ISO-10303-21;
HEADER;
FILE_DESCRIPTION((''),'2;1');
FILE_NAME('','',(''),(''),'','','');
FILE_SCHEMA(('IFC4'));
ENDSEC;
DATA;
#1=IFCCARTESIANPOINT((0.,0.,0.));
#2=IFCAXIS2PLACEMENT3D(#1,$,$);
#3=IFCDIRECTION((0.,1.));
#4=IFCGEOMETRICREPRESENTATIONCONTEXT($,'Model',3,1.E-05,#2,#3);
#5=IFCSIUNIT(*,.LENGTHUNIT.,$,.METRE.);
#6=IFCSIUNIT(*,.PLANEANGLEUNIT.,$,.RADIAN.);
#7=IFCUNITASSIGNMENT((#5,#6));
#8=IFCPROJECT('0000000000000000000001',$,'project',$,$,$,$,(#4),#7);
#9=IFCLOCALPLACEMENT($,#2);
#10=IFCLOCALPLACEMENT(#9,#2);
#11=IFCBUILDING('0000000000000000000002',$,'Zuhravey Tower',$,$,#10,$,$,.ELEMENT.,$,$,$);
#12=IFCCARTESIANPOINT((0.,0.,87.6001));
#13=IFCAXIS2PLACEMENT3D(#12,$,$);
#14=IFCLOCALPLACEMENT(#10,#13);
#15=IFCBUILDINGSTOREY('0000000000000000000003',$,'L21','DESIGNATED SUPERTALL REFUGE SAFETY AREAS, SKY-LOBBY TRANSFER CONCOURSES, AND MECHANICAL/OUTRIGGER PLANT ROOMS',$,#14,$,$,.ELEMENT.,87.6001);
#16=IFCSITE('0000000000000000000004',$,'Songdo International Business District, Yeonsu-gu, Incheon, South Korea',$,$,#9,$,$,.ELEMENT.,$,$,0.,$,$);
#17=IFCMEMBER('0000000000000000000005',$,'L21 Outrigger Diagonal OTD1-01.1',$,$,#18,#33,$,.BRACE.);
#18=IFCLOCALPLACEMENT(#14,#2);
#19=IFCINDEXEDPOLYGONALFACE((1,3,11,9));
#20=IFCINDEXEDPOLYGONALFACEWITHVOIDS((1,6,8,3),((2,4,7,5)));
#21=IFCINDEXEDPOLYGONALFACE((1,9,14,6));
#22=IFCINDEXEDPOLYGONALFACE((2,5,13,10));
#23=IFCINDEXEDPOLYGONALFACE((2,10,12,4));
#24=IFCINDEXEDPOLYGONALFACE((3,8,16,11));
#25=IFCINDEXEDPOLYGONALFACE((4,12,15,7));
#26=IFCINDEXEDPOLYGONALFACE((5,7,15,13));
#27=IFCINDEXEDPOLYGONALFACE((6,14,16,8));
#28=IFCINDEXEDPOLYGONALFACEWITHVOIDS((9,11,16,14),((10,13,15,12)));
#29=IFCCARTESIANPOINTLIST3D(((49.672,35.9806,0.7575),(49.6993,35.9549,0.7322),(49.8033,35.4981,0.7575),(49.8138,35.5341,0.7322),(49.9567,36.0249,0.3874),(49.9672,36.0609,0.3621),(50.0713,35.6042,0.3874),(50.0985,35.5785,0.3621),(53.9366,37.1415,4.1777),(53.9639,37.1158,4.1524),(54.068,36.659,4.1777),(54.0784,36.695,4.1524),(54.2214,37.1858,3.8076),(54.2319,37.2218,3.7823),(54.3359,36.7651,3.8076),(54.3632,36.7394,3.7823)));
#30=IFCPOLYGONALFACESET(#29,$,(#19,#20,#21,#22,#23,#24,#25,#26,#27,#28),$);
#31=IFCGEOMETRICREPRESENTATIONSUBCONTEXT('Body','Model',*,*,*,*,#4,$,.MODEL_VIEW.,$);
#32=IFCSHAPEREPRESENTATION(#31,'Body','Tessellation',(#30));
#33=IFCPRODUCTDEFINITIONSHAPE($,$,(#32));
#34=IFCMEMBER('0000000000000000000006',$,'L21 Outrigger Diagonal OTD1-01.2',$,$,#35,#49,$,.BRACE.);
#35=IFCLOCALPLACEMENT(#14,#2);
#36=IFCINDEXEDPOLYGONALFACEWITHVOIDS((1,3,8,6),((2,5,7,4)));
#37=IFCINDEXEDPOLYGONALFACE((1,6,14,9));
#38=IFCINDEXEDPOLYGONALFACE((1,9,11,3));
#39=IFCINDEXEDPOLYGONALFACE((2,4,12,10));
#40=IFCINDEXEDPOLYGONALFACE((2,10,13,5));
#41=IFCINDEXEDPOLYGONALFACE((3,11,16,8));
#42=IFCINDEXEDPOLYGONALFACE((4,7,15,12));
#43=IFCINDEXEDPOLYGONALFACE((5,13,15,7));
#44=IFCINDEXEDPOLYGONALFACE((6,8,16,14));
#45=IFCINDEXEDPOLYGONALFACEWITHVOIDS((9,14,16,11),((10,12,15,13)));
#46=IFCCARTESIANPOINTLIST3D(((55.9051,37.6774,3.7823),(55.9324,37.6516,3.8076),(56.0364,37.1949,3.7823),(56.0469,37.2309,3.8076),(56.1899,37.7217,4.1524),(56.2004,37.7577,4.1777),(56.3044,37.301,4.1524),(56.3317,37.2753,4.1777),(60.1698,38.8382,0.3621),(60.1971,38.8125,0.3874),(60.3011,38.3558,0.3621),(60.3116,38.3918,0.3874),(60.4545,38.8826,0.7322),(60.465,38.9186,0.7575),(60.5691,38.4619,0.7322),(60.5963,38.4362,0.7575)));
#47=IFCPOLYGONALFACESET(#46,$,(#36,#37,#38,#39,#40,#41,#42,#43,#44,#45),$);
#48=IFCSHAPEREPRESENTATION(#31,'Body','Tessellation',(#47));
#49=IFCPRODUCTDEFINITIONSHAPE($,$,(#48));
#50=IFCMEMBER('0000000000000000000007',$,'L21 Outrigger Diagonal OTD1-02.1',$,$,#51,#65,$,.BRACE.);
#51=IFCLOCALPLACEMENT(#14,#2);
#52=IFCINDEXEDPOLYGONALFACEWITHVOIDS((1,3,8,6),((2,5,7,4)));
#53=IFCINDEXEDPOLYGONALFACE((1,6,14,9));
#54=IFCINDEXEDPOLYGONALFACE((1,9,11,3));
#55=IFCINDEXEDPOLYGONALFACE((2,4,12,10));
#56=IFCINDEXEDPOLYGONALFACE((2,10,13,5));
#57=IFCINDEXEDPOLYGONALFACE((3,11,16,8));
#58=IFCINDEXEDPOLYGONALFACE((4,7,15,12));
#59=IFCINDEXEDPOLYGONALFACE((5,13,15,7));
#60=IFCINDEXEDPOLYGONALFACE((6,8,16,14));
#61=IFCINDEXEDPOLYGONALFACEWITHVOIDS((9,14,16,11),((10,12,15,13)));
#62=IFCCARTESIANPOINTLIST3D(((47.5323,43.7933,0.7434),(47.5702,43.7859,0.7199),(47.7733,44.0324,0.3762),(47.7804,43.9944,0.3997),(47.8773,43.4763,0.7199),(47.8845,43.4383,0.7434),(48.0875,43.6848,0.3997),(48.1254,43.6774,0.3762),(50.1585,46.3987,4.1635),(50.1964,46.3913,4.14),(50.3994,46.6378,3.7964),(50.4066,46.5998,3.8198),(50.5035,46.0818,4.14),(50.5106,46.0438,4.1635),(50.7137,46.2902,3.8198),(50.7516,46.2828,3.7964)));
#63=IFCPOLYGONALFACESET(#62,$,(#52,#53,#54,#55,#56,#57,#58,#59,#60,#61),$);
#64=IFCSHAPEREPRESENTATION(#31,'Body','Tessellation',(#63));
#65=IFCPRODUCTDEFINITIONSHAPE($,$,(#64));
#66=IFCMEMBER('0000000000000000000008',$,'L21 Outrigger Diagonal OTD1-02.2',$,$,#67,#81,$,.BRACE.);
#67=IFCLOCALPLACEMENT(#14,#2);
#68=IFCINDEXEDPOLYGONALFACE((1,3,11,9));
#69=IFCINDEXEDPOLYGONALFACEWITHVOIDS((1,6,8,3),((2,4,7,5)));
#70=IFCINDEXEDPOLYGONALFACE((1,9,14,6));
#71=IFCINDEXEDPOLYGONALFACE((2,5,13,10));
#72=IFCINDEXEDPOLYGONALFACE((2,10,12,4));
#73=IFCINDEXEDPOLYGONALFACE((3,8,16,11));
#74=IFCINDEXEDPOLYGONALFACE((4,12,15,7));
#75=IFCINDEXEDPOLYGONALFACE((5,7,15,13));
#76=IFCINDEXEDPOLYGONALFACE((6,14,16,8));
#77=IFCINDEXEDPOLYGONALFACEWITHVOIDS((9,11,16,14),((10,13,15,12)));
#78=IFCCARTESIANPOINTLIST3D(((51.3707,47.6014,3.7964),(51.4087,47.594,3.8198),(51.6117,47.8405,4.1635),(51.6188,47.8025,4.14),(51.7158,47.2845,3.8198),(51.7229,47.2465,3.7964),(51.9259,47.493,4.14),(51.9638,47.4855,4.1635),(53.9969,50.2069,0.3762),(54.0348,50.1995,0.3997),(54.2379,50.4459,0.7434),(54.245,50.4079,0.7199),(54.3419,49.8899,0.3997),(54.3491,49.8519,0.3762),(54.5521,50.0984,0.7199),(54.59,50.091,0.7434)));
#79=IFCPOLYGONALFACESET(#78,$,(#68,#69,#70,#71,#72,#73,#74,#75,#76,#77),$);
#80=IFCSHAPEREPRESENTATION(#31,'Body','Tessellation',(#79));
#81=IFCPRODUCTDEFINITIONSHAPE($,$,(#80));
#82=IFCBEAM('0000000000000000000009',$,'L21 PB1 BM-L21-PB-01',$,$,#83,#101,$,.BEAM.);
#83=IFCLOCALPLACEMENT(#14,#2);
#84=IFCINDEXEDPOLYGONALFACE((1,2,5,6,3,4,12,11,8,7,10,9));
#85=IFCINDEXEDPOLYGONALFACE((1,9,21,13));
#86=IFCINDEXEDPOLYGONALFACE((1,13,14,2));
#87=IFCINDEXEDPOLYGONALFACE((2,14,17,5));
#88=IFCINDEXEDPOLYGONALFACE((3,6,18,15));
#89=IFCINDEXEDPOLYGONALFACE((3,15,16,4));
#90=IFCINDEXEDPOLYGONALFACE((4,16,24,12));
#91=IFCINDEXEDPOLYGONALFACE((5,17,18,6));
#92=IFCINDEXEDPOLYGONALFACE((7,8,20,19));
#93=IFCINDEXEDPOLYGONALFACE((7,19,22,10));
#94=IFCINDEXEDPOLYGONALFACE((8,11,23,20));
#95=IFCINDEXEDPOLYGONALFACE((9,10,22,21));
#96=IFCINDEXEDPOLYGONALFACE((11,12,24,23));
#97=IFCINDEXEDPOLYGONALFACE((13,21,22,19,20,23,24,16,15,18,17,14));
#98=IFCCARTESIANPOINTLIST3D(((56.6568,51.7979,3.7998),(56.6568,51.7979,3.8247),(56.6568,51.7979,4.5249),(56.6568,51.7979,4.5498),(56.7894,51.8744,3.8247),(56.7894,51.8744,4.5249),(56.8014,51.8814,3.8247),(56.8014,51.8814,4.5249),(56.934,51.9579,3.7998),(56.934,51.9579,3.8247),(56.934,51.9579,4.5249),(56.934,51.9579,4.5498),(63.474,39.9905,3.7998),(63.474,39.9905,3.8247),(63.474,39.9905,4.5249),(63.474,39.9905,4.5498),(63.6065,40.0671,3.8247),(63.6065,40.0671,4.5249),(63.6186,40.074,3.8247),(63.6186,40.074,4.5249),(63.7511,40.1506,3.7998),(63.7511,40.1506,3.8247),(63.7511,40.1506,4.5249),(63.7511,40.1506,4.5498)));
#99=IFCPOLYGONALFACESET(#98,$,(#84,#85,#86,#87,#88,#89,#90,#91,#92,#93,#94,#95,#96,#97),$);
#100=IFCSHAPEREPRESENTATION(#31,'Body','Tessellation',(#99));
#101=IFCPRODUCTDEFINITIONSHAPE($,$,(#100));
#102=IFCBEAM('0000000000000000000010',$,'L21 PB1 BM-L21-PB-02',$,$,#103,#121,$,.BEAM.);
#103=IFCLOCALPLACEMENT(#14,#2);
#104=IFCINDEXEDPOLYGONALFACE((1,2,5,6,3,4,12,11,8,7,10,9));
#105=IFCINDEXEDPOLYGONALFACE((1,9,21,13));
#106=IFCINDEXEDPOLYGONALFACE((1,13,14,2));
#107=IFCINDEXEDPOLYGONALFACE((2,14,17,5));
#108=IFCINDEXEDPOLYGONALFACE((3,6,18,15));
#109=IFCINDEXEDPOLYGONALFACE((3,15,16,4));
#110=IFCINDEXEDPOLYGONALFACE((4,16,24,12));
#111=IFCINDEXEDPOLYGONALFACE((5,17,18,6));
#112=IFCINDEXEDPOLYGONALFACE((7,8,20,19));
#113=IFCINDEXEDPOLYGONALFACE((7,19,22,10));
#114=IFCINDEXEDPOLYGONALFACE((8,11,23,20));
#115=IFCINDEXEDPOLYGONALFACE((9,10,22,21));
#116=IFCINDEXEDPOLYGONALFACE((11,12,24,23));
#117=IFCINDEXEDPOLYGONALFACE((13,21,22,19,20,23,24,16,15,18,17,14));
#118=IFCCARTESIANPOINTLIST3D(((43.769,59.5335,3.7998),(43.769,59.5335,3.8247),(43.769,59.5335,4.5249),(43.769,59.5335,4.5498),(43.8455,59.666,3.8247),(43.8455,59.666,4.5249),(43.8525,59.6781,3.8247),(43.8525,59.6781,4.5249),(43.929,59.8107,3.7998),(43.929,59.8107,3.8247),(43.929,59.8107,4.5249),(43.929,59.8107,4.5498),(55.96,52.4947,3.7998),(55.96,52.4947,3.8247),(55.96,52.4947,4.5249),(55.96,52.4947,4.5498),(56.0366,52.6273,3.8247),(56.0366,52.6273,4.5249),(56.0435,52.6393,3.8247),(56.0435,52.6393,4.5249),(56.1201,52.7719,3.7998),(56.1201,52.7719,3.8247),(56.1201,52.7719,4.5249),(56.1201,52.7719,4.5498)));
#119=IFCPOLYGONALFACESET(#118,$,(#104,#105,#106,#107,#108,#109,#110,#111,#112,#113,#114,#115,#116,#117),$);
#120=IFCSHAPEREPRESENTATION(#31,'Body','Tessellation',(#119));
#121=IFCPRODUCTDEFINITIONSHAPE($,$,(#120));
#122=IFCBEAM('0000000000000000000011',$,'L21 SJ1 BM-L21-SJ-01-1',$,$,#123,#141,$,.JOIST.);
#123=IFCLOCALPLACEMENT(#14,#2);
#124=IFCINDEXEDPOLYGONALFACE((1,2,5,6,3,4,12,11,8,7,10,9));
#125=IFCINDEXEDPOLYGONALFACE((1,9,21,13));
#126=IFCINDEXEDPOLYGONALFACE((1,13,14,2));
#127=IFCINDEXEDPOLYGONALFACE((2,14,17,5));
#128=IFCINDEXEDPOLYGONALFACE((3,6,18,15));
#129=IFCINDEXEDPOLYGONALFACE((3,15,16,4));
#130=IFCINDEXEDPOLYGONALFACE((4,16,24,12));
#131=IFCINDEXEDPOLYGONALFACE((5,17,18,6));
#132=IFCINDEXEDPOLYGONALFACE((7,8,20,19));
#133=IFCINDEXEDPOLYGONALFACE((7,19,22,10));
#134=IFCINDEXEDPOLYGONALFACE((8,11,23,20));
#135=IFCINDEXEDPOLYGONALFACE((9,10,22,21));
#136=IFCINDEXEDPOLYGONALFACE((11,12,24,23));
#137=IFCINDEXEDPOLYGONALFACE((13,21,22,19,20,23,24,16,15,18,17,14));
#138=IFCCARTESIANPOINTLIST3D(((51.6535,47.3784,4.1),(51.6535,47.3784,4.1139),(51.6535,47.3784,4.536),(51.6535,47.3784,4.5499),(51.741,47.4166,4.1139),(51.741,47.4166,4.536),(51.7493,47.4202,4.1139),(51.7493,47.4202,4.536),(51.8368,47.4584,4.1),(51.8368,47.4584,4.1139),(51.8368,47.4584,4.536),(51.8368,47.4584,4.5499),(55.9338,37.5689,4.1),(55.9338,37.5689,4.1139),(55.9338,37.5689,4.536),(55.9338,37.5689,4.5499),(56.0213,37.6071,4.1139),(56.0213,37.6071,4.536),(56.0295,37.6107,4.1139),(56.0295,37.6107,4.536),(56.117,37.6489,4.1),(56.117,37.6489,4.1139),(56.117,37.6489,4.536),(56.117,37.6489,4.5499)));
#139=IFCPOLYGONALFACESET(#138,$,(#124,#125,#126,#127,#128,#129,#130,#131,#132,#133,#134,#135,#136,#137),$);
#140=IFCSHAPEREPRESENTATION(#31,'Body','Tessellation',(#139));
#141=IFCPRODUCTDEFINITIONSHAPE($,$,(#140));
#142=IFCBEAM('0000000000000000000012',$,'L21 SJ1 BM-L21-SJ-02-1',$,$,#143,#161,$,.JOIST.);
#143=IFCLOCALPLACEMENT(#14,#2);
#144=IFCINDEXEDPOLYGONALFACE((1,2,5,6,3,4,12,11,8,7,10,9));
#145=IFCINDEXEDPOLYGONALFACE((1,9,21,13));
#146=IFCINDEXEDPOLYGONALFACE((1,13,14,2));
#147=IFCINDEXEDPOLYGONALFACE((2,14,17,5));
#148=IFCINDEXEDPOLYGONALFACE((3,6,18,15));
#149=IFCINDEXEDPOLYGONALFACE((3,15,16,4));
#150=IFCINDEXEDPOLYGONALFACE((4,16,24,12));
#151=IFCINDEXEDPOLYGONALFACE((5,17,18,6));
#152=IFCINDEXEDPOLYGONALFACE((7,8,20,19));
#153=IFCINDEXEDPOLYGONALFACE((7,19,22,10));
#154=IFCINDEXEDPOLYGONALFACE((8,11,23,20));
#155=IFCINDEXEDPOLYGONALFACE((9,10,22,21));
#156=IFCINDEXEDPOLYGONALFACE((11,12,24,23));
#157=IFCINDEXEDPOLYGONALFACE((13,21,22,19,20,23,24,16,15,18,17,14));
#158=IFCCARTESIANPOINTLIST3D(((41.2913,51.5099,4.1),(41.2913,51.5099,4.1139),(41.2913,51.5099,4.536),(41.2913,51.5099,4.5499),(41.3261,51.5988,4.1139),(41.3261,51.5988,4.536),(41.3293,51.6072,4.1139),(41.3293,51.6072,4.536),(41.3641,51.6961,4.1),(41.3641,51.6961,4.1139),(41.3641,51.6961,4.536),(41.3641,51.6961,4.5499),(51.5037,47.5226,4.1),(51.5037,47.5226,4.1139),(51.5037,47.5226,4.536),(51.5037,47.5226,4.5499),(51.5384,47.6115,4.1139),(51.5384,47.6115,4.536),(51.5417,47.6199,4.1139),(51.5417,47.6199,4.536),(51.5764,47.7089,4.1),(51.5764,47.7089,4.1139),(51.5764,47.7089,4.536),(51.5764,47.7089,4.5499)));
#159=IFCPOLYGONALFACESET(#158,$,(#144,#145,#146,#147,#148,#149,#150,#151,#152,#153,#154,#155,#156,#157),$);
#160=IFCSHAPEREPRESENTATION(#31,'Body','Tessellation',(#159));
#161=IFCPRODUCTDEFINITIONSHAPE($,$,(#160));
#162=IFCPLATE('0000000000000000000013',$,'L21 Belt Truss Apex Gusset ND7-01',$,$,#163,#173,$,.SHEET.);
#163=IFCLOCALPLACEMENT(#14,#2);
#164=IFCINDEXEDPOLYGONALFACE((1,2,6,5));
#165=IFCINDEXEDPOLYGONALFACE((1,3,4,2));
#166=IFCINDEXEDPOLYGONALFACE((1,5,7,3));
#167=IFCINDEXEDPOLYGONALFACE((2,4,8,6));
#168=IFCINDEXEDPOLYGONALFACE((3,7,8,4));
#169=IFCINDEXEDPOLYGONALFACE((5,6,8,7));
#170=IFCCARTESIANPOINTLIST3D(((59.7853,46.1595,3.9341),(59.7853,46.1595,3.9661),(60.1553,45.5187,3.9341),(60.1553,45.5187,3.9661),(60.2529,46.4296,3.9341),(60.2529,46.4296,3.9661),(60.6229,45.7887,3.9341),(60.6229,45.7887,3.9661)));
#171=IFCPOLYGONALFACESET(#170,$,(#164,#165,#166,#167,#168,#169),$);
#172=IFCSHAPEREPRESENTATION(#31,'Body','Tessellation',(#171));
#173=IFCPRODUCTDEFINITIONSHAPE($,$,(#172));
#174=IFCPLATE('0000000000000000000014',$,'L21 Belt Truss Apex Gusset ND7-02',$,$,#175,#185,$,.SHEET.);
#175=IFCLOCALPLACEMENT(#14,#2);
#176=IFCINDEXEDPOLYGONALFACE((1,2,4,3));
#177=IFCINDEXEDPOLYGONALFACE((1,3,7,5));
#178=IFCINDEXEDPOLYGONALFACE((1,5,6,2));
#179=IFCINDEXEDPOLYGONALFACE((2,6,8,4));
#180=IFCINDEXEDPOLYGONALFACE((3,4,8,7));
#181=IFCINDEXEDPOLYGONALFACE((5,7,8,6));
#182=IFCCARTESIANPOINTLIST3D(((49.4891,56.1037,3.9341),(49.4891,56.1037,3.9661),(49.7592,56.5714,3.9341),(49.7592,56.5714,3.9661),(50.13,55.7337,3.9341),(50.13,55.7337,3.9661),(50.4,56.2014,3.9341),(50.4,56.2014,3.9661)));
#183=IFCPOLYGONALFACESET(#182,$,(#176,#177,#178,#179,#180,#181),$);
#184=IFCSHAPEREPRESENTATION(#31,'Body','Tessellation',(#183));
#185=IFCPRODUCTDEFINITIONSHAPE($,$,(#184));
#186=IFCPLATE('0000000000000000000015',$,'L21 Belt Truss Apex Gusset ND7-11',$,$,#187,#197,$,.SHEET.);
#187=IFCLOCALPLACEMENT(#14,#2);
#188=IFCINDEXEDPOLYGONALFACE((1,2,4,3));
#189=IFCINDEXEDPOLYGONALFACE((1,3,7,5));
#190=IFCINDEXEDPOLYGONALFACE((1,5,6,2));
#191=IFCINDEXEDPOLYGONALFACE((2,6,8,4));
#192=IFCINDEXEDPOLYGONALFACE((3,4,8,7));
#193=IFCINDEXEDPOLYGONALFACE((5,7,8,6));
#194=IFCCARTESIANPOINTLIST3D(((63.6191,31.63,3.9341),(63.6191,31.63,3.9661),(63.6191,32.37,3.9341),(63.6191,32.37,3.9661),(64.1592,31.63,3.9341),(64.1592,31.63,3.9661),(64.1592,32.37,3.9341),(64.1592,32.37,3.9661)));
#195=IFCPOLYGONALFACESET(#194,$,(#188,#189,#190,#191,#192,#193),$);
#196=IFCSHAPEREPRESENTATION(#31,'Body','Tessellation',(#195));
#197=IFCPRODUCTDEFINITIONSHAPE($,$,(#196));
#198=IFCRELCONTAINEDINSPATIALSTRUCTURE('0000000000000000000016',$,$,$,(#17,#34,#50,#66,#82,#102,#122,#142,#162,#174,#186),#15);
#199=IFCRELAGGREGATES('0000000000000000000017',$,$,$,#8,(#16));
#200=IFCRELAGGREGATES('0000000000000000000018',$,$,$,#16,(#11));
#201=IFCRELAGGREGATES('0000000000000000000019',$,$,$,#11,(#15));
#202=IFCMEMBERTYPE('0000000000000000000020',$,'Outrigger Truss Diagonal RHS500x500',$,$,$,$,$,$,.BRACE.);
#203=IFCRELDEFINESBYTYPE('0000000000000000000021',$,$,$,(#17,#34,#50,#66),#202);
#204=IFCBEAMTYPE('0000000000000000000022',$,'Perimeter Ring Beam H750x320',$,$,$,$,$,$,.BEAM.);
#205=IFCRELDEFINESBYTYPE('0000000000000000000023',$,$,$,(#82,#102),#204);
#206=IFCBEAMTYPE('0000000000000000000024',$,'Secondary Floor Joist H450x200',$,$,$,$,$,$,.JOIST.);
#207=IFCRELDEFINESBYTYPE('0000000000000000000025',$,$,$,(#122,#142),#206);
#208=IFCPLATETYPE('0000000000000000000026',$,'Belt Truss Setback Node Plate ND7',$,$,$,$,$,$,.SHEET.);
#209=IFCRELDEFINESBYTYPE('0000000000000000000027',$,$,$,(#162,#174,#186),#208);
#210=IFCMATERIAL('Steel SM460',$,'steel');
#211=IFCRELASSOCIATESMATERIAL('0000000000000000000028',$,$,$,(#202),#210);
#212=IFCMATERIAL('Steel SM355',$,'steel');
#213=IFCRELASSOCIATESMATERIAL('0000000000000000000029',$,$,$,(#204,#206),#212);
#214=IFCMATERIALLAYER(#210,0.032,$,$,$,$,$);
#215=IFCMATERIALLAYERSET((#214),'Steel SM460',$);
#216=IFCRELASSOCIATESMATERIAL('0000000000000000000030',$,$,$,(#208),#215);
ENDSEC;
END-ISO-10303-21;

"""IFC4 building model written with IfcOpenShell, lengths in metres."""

from ifc_helpers import new_model, si_unit, direction, frame, origin, origin_2d, place, context, subcontext, project, spatial, rectangle, hollow_rectangle, i_section, extrude, material, layer, layer_set, material_profile, profile_set, type_object, element, save


model = new_model("IFC4")

# Units and contexts
model_context = context("Model", 3, precision=1e-05, world=origin(), true_north=direction((0.0, 1.0)))
body_context = subcontext(model_context, "Body", "Model", "MODEL_VIEW")
ifc_project = project(units=[si_unit("LENGTHUNIT", "METRE"), si_unit("PLANEANGLEUNIT", "RADIAN")], contexts=[model_context])

# Site, building, storey
site_placement = place(None, origin())
site = spatial("IfcSite", under=ifc_project, at=site_placement, Name="Songdo International Business District, Yeonsu-gu, Incheon, South Korea", CompositionType="ELEMENT", RefElevation=0.0)
building_placement = place(site_placement, origin())
building = spatial("IfcBuilding", under=site, at=building_placement, Name="Zuhravey Tower", CompositionType="ELEMENT")
storey_placement = place(building_placement, frame((0.0, 0.0, 87.6001)))
storey = spatial("IfcBuildingStorey", under=building, at=storey_placement, Name="L21", Description="DESIGNATED SUPERTALL REFUGE SAFETY AREAS, SKY-LOBBY TRANSFER CONCOURSES, AND MECHANICAL/OUTRIGGER PLANT ROOMS", CompositionType="ELEMENT", Elevation=87.6001)

# Shared definitions
ifc_material_1 = material(Name="Steel SM355", Category="steel")

# Shared definitions
ifc_material_2 = material(Name="Steel SM460", Category="steel")

# Members
ifc_material_profile_1 = material_profile(ifc_material_2, hollow_rectangle(XDim=0.5, YDim=0.5, WallThickness=0.032, at=origin_2d()), Name="RHS-500x500x32")
ifc_profile_set_1 = profile_set([ifc_material_profile_1], Name="Steel SM460")
member_type_1 = type_object("IfcMemberType", Name="Outrigger Truss Diagonal RHS500x500", PredefinedType="BRACE", material=ifc_profile_set_1)
for number, where, z_axis, x_axis, name in (
    (1, (49.8853, 35.7795, 0.5598), (0.763098, 0.207725, 0.61199), (-0.262655, 0.96489, 0.0), "L21 Outrigger Diagonal OTD1-01.1"),
    (2, (60.3831, 38.6372, 0.5598), (-0.763098, -0.207725, 0.61199), (0.262655, -0.96489, 0.0), "L21 Outrigger Diagonal OTD1-01.2"),
):
    element("IfcMember", number, at=place(storey_placement, frame(where, z_axis=z_axis, x_axis=x_axis)), inside=storey, type_object=member_type_1, Name=name, PredefinedType="BRACE", context=body_context, shape_type="SweptSolid", body=[
        extrude(hollow_rectangle(XDim=0.5, YDim=0.5, WallThickness=0.032, at=origin_2d()), origin(), (0.0, 0.0, 1.0), 5.5886),
    ])
for number, where, z_axis, x_axis, name in (
    (3, (47.8289, 43.7354, 0.5598), (0.521266, 0.517147, 0.678852), (-0.704296, 0.709906, 0.0), "L21 Outrigger Diagonal OTD1-02.1"),
    (4, (54.2935, 50.1489, 0.5598), (-0.521266, -0.517147, 0.678852), (0.704296, -0.709906, 0.0), "L21 Outrigger Diagonal OTD1-02.2"),
):
    element("IfcMember", number, at=place(storey_placement, frame(where, z_axis=z_axis, x_axis=x_axis)), inside=storey, type_object=member_type_1, Name=name, PredefinedType="BRACE", context=body_context, shape_type="SweptSolid", body=[
        extrude(hollow_rectangle(XDim=0.5, YDim=0.5, WallThickness=0.032, at=origin_2d()), origin(), (0.0, 0.0, 1.0), 5.0381),
    ])

# Beams
ifc_material_profile_2 = material_profile(ifc_material_1, i_section(OverallWidth=0.3201, OverallDepth=0.75, WebThickness=0.0139, FlangeThickness=0.0249, at=origin_2d()), Name="H-750x320x14x25")
ifc_profile_set_2 = profile_set([ifc_material_profile_2], Name="Steel SM355")
beam_type_1 = type_object("IfcBeamType", Name="Perimeter Ring Beam H750x320", PredefinedType="BEAM", material=ifc_profile_set_2)
beam_1_placement = place(storey_placement, frame((63.6125, 40.0706, 4.1748), z_axis=(-0.500008, 0.866021, 0.0), x_axis=(-0.866021, -0.500008, 0.0)))
element("IfcBeam", 5, at=beam_1_placement, inside=storey, type_object=beam_type_1, Name="L21 PB1 BM-L21-PB-01", PredefinedType="BEAM", context=body_context, shape_type="SweptSolid", body=[
    extrude(i_section(OverallWidth=0.3201, OverallDepth=0.75, WebThickness=0.0139, FlangeThickness=0.0249, at=origin_2d()), origin(), (0.0, 0.0, 1.0), 13.634),
])
beam_2_placement = place(storey_placement, frame((56.04, 52.6333, 4.1748), z_axis=(-0.866018, 0.500013, 0.0), x_axis=(-0.500013, -0.866018, 0.0)))
element("IfcBeam", 6, at=beam_2_placement, inside=storey, type_object=beam_type_1, Name="L21 PB1 BM-L21-PB-02", PredefinedType="BEAM", context=body_context, shape_type="SweptSolid", body=[
    extrude(i_section(OverallWidth=0.3201, OverallDepth=0.75, WebThickness=0.0139, FlangeThickness=0.0249, at=origin_2d()), origin(), (0.0, 0.0, 1.0), 14.0771),
])
ifc_material_profile_3 = material_profile(ifc_material_1, i_section(OverallWidth=0.2, OverallDepth=0.45, WebThickness=0.009, FlangeThickness=0.0139, at=origin_2d()), Name="H-450x200x9x14")
ifc_profile_set_3 = profile_set([ifc_material_profile_3], Name="Steel SM355")
beam_type_2 = type_object("IfcBeamType", Name="Secondary Floor Joist H450x200", PredefinedType="JOIST", material=ifc_profile_set_3)
beam_3_placement = place(storey_placement, frame((56.0254, 37.6089, 4.325), z_axis=(-0.399924, 0.916549, 0.0), x_axis=(-0.916549, -0.399924, 0.0)))
element("IfcBeam", 7, at=beam_3_placement, inside=storey, type_object=beam_type_2, Name="L21 SJ1 BM-L21-SJ-01-1", PredefinedType="JOIST", context=body_context, shape_type="SweptSolid", body=[
    extrude(i_section(OverallWidth=0.2, OverallDepth=0.45, WebThickness=0.009, FlangeThickness=0.0139, at=origin_2d()), origin(), (0.0, 0.0, 1.0), 10.7026),
])
beam_4_placement = place(storey_placement, frame((51.54, 47.6157, 4.325), z_axis=(-0.931517, 0.363699, 0.0), x_axis=(-0.363699, -0.931517, 0.0)))
element("IfcBeam", 8, at=beam_4_placement, inside=storey, type_object=beam_type_2, Name="L21 SJ1 BM-L21-SJ-02-1", PredefinedType="JOIST", context=body_context, shape_type="SweptSolid", body=[
    extrude(i_section(OverallWidth=0.2, OverallDepth=0.45, WebThickness=0.009, FlangeThickness=0.0139, at=origin_2d()), origin(), (0.0, 0.0, 1.0), 10.9631),
])

# Plates
ifc_layer_1 = layer(ifc_material_2, 0.032)
ifc_layer_set_1 = layer_set([ifc_layer_1], Name="Steel SM460")
plate_type_1 = type_object("IfcPlateType", Name="Belt Truss Setback Node Plate ND7", PredefinedType="SHEET", material=ifc_layer_set_1)
for number, where, z_axis, x_axis, name in (
    (9, (60.2041, 45.9741, 3.9341), (0.0, 0.0, 1.0), (-0.5, 0.866025, 0.0), "L21 Belt Truss Apex Gusset ND7-01"),
    (10, (49.9446, 56.1526, 3.9341), (0.0, 0.0, 1.0), (-0.866025, 0.5, 0.0), "L21 Belt Truss Apex Gusset ND7-02"),
    (11, (63.8892, 32.0, 3.9341), (0.0, 0.0, 1.0), (0.0, 1.0, 0.0), "L21 Belt Truss Apex Gusset ND7-11"),
):
    element("IfcPlate", number, at=place(storey_placement, frame(where, z_axis=z_axis, x_axis=x_axis)), inside=storey, type_object=plate_type_1, Name=name, PredefinedType="SHEET", context=body_context, shape_type="SweptSolid", body=[
        extrude(rectangle(XDim=0.74, YDim=0.54, at=origin_2d()), origin(), (0.0, 0.0, 1.0), 0.032),
    ])

save(model, "model.ifc")
